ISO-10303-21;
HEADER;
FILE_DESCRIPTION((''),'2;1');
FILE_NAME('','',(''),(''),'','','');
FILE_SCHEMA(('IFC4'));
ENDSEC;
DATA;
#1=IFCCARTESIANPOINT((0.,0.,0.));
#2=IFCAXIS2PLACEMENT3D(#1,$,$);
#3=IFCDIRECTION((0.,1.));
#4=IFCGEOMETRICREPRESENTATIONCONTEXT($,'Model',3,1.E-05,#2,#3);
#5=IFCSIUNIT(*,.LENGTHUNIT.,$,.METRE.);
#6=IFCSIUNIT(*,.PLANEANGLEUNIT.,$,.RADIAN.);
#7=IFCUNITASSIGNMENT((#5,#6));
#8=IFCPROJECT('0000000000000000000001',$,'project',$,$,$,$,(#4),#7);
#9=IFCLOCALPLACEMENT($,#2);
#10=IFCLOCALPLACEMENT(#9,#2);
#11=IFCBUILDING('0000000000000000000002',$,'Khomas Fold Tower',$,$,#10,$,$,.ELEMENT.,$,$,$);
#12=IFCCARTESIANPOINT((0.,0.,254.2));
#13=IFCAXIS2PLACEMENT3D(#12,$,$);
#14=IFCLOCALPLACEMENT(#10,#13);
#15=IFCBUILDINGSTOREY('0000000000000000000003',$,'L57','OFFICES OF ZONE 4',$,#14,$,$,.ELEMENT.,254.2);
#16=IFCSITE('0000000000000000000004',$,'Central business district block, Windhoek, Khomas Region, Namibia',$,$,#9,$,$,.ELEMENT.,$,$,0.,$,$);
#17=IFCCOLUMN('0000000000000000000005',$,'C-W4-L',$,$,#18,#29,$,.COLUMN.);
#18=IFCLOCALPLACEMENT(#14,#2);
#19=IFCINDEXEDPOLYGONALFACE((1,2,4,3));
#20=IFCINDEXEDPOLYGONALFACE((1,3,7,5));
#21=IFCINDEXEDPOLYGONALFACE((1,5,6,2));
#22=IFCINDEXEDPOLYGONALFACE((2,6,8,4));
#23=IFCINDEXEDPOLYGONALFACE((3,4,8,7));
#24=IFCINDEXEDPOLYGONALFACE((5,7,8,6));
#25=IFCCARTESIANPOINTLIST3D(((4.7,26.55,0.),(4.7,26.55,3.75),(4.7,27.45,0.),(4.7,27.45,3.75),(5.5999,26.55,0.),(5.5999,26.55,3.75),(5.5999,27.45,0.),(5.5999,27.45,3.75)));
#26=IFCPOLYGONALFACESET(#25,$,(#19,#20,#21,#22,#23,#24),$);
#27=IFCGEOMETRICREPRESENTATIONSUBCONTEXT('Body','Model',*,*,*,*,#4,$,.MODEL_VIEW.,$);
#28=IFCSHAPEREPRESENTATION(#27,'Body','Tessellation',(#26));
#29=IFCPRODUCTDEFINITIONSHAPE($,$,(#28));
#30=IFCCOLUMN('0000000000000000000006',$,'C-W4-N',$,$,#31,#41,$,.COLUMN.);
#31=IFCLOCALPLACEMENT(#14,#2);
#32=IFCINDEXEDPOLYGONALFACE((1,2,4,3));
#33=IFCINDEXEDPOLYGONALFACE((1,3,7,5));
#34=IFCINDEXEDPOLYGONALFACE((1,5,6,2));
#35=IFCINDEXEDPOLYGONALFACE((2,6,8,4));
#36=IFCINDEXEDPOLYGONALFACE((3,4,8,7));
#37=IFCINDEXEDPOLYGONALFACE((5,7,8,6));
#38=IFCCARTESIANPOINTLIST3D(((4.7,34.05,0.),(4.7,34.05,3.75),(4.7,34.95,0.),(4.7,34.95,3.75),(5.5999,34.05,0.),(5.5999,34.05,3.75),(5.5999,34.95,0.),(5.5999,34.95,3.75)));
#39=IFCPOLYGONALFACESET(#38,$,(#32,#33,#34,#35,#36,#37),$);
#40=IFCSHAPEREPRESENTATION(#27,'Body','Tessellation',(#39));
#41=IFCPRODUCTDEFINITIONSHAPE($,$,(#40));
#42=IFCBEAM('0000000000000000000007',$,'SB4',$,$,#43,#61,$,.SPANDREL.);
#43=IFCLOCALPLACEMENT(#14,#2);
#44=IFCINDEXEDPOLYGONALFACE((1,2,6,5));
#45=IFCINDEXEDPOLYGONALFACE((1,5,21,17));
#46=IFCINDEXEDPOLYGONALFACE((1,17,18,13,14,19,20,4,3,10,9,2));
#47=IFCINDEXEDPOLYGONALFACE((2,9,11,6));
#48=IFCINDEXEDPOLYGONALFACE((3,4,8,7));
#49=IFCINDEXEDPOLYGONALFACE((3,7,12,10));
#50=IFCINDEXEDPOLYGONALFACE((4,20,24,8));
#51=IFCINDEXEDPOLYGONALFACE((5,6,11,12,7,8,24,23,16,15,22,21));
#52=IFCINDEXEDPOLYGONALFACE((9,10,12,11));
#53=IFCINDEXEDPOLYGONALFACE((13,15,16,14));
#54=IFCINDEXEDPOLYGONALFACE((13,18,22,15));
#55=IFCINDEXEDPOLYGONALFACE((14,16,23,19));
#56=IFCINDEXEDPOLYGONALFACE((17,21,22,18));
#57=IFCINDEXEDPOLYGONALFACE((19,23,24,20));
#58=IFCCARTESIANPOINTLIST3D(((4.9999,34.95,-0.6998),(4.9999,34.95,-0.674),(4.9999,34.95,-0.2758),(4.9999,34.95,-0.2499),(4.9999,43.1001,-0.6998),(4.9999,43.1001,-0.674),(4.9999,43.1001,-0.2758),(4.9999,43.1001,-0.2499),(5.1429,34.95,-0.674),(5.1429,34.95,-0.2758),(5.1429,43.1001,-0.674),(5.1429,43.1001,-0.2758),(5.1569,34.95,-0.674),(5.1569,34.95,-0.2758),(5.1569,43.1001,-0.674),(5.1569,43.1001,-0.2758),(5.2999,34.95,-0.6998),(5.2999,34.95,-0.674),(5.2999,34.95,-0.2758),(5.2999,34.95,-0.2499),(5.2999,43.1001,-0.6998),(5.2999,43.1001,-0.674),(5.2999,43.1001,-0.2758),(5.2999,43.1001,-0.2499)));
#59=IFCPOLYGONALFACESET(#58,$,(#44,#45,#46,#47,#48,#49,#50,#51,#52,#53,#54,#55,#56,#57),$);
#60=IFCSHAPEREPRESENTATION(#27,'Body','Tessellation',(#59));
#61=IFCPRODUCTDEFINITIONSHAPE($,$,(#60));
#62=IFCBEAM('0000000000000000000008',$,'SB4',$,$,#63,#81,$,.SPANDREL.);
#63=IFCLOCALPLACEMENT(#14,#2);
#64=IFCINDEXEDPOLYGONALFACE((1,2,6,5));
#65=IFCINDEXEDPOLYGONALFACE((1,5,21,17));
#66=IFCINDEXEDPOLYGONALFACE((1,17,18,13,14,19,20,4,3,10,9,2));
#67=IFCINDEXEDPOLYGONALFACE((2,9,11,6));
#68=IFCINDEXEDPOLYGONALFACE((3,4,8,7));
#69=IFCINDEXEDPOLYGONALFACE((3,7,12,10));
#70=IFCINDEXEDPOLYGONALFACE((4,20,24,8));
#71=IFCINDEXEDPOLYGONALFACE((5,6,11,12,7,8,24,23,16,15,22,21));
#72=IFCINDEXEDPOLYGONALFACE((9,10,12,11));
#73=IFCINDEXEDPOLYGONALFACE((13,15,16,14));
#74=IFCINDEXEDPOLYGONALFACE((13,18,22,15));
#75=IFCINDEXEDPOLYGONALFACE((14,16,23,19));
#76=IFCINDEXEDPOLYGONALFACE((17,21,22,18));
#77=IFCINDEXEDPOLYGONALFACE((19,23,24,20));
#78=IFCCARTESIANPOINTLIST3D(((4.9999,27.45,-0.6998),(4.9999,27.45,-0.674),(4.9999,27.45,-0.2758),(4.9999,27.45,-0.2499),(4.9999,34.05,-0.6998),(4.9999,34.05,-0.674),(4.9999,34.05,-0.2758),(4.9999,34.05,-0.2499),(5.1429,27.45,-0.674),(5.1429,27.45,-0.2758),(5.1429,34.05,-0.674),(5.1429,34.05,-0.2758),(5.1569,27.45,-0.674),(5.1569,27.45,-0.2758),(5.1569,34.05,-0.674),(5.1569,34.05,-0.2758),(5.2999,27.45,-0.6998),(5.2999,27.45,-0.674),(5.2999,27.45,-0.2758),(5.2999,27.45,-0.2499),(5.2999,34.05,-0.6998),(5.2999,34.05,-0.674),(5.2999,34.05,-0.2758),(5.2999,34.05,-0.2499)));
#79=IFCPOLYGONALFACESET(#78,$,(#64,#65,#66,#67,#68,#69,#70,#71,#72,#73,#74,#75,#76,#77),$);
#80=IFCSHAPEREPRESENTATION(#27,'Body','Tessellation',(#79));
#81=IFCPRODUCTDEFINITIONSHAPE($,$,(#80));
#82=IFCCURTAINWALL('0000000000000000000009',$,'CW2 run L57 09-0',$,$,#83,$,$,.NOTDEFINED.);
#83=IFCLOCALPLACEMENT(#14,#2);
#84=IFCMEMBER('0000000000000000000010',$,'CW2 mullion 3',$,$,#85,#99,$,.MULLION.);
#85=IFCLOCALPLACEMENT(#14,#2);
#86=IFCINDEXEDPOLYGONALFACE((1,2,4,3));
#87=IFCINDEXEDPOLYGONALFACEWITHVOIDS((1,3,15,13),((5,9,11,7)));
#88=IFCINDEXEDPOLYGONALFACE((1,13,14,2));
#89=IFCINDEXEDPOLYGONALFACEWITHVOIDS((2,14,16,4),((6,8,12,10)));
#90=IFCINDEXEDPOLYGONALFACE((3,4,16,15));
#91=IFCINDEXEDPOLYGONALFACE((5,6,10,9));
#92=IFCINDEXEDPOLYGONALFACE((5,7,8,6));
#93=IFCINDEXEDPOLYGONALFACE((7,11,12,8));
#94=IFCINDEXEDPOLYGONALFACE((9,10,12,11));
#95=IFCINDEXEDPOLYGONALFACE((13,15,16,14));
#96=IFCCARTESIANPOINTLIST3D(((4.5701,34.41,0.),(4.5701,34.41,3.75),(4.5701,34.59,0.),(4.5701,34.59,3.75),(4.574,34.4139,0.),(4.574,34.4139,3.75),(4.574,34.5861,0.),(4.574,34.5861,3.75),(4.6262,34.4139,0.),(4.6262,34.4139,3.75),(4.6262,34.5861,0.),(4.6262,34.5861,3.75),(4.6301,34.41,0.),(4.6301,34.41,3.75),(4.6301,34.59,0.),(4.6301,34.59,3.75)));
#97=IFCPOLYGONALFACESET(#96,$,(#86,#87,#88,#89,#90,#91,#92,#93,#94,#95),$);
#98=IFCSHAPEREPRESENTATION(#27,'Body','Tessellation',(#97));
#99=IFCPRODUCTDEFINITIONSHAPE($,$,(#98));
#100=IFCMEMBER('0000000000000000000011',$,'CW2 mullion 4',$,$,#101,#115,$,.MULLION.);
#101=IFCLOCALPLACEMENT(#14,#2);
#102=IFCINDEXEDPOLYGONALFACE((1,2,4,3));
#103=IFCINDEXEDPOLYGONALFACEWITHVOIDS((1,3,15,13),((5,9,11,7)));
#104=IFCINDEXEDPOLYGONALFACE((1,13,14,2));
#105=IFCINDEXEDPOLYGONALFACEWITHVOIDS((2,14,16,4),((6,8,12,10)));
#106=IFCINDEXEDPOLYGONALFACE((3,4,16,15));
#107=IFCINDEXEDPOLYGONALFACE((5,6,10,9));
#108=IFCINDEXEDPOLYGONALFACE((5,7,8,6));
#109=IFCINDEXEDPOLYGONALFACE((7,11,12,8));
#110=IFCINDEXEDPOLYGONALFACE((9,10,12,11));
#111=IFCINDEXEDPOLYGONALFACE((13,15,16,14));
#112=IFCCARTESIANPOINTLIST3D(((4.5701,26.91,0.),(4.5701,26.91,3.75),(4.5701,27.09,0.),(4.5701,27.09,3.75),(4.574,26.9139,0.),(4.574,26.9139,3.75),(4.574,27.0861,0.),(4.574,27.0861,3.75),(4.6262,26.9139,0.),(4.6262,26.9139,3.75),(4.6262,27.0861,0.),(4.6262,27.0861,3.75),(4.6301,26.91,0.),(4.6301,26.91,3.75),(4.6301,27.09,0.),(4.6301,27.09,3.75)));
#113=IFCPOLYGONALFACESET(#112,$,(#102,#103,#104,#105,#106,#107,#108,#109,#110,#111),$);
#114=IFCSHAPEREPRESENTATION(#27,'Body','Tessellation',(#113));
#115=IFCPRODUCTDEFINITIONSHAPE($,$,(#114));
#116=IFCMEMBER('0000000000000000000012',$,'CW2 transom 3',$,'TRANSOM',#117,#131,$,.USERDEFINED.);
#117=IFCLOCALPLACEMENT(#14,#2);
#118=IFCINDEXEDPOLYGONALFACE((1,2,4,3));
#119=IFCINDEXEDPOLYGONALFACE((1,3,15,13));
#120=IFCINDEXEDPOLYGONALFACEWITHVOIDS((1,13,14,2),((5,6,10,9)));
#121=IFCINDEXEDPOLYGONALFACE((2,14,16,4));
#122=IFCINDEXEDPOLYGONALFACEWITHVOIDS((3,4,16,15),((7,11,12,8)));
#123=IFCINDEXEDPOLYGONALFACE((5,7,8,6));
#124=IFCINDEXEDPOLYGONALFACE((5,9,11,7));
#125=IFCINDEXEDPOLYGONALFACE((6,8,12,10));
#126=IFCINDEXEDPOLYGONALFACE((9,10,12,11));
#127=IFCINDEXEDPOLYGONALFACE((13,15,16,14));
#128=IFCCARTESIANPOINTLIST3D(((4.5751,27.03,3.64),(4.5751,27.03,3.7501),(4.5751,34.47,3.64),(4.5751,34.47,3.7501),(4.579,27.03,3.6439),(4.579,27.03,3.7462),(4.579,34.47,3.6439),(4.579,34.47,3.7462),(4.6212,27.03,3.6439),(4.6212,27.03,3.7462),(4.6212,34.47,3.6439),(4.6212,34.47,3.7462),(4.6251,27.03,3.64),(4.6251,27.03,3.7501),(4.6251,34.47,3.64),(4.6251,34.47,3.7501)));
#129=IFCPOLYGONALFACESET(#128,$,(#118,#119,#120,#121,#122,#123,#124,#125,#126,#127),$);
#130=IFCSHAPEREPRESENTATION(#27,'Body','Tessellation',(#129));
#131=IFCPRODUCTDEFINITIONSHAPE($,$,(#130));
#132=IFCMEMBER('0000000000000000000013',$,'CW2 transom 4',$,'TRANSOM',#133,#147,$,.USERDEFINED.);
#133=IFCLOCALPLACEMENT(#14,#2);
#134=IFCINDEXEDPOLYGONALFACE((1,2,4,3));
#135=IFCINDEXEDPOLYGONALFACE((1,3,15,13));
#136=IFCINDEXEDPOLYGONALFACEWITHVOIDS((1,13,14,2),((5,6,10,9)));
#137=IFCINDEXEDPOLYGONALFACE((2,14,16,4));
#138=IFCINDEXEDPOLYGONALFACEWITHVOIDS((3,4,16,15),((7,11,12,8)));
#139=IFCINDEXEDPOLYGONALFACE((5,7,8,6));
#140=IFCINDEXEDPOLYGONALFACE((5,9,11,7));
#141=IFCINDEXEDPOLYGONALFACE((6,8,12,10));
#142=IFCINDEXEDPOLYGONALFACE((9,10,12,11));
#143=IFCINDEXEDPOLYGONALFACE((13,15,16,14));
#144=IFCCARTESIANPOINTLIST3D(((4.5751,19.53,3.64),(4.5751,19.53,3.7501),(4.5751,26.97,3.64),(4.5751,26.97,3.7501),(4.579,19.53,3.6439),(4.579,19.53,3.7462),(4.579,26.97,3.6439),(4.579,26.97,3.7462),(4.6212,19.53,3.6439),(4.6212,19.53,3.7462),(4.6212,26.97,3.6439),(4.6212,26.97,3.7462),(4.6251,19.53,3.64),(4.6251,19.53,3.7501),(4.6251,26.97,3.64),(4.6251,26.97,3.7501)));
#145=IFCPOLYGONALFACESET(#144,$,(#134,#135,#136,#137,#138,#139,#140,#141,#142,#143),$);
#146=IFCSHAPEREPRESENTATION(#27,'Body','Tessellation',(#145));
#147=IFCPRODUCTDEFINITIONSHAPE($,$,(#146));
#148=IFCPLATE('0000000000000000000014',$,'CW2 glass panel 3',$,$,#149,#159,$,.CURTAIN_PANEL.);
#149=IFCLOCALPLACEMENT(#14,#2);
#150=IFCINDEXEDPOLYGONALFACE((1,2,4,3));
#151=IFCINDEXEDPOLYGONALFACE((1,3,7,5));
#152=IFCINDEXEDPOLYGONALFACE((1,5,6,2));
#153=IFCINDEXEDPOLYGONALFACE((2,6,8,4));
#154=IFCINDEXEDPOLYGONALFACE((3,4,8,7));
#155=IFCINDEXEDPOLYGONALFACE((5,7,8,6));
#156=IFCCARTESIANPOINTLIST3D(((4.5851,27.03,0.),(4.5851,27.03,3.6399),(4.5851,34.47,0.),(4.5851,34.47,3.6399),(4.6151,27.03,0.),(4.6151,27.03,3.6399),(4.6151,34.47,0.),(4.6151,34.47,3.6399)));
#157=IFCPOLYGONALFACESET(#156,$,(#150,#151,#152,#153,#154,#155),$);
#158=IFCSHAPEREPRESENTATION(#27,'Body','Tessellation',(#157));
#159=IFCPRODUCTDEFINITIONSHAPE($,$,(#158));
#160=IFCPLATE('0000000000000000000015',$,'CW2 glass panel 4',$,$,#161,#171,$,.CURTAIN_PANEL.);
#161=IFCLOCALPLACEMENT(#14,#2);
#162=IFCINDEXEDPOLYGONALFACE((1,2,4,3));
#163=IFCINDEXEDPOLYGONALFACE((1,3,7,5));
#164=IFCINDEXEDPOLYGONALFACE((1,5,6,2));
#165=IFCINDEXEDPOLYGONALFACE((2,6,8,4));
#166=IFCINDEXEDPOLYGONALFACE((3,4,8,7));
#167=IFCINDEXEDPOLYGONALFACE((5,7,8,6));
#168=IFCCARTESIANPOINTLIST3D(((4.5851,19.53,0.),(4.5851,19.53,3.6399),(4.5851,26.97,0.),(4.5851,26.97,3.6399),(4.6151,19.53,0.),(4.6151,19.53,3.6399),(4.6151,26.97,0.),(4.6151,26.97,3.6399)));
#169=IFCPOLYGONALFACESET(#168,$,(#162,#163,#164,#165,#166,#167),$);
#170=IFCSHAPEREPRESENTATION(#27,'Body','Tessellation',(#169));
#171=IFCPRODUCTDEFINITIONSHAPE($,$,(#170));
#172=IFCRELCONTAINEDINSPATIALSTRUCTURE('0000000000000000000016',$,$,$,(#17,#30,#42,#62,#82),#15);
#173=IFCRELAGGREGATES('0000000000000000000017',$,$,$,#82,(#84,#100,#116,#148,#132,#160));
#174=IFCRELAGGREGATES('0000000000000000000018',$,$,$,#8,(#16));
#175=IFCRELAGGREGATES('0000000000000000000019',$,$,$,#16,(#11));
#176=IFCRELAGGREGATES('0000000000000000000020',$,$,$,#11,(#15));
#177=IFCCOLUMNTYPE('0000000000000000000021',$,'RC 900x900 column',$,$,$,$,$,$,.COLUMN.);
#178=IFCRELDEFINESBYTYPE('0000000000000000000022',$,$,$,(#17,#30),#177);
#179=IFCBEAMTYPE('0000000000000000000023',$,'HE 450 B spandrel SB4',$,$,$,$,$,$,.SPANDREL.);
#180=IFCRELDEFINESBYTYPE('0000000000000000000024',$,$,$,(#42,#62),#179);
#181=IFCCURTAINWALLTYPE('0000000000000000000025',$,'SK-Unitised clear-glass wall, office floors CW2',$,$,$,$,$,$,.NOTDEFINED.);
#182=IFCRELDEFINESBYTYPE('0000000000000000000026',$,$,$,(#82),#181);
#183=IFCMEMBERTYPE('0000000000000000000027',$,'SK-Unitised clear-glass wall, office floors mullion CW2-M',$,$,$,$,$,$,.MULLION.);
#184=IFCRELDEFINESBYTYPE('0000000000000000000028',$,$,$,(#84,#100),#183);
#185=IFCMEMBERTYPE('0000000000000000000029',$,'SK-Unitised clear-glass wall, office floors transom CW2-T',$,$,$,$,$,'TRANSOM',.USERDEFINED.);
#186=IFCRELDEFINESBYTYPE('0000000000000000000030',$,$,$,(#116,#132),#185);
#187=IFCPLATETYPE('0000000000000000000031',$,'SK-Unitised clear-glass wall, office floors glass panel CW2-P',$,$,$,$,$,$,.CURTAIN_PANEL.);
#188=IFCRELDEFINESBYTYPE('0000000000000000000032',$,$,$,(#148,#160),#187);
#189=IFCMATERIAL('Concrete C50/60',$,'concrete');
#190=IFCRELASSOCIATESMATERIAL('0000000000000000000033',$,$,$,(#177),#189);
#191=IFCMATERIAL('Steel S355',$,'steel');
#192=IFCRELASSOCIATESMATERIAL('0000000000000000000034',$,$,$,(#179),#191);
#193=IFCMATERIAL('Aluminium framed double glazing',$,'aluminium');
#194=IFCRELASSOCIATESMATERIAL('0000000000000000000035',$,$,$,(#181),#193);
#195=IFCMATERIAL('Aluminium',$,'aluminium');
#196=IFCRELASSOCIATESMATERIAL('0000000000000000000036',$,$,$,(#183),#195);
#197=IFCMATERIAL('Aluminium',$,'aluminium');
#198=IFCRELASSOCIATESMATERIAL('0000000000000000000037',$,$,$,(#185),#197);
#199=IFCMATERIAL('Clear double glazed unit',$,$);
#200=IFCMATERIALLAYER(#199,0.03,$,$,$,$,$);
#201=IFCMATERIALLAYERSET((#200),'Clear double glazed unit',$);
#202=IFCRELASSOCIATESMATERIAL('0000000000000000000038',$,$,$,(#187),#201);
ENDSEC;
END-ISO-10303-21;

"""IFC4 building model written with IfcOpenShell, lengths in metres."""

from ifc_helpers import new_model, si_unit, direction, frame, origin, origin_2d, place, context, subcontext, project, spatial, rectangle, hollow_rectangle, i_section, extrude, source, transform, mapped, material, layer, layer_set, material_profile, profile_set, type_object, element, aggregate, save


model = new_model("IFC4")

# Units and contexts
model_context = context("Model", 3, precision=1e-05, world=origin(), true_north=direction((0.0, 1.0)))
body_context = subcontext(model_context, "Body", "Model", "MODEL_VIEW")
ifc_project = project(units=[si_unit("LENGTHUNIT", "METRE"), si_unit("PLANEANGLEUNIT", "RADIAN")], contexts=[model_context])

# Site, building, storey
site_placement = place(None, origin())
site = spatial("IfcSite", under=ifc_project, at=site_placement, Name="Central business district block, Windhoek, Khomas Region, Namibia", CompositionType="ELEMENT", RefElevation=0.0)
building_placement = place(site_placement, origin())
building = spatial("IfcBuilding", under=site, at=building_placement, Name="Khomas Fold Tower", CompositionType="ELEMENT")
storey_placement = place(building_placement, frame((0.0, 0.0, 254.2)))
storey = spatial("IfcBuildingStorey", under=building, at=storey_placement, Name="L57", Description="OFFICES OF ZONE 4", CompositionType="ELEMENT", Elevation=254.2)

# Columns
ifc_material_1 = material(Name="Concrete C50/60", Category="concrete")
ifc_material_profile_1 = material_profile(ifc_material_1, rectangle(XDim=0.8999, YDim=0.8999, at=origin_2d()), Name="RC 900x900")
ifc_profile_set_1 = profile_set([ifc_material_profile_1], Name="Concrete C50/60")
column_type = type_object("IfcColumnType", Name="RC 900x900 column", PredefinedType="COLUMN", material=ifc_profile_set_1)
shared_shape_1 = source(origin(), body_context, "Body", "SweptSolid", [
    extrude(rectangle(XDim=0.8999, YDim=0.8999, at=origin_2d()), origin(), (0.0, 0.0, 1.0), 3.75),
])
for number, where, z_axis, x_axis, name in (
    (1, (5.1499, 27.0, 0.0), (0.0, 0.0, 1.0), (1.0, 0.0, 0.0), "C-W4-L"),
    (2, (5.1499, 34.5, 0.0), (0.0, 0.0, 1.0), (1.0, 0.0, 0.0), "C-W4-N"),
):
    element("IfcColumn", number, at=place(storey_placement, frame(where, z_axis=z_axis, x_axis=x_axis)), inside=storey, type_object=column_type, Name=name, PredefinedType="COLUMN", context=body_context, shape_type="MappedRepresentation", body=[
        mapped(shared_shape_1, transform((0.0, 0.0, 0.0))),
    ])

# Beams
ifc_material_2 = material(Name="Steel S355", Category="steel")
ifc_material_profile_2 = material_profile(ifc_material_2, i_section(OverallWidth=0.3, OverallDepth=0.45, WebThickness=0.0139, FlangeThickness=0.0259, at=origin_2d()), Name="HE 450 B")
ifc_profile_set_2 = profile_set([ifc_material_profile_2], Name="Steel S355")
beam_type = type_object("IfcBeamType", Name="HE 450 B spandrel SB4", PredefinedType="SPANDREL", material=ifc_profile_set_2)
shared_shape_2 = source(origin(), body_context, "Body", "SweptSolid", [
    extrude(i_section(OverallWidth=0.3, OverallDepth=0.45, WebThickness=0.0139, FlangeThickness=0.0259, at=origin_2d()), origin(), (0.0, 0.0, 1.0), 8.1501),
])
beam_1_placement = place(storey_placement, frame((5.1499, 34.95, -0.4749), z_axis=(0.0, 1.0, 0.0), x_axis=(-1.0, 0.0, 0.0)))
element("IfcBeam", 3, at=beam_1_placement, inside=storey, type_object=beam_type, Name="SB4", PredefinedType="SPANDREL", context=body_context, shape_type="MappedRepresentation", body=[
    mapped(shared_shape_2, transform((0.0, 0.0, 0.0))),
])
shared_shape_3 = source(origin(), body_context, "Body", "SweptSolid", [
    extrude(i_section(OverallWidth=0.3, OverallDepth=0.45, WebThickness=0.0139, FlangeThickness=0.0259, at=origin_2d()), origin(), (0.0, 0.0, 1.0), 6.6001),
])
beam_2_placement = place(storey_placement, frame((5.1499, 27.45, -0.4749), z_axis=(0.0, 1.0, 0.0), x_axis=(-1.0, 0.0, 0.0)))
element("IfcBeam", 4, at=beam_2_placement, inside=storey, type_object=beam_type, Name="SB4", PredefinedType="SPANDREL", context=body_context, shape_type="MappedRepresentation", body=[
    mapped(shared_shape_3, transform((0.0, 0.0, 0.0))),
])

# Curtain wall, members, plates
ifc_material_3 = material(Name="Aluminium framed double glazing", Category="aluminium")
curtain_wall_type = type_object("IfcCurtainWallType", Name="SK-Unitised clear-glass wall, office floors CW2", PredefinedType="NOTDEFINED", material=ifc_material_3)
curtain_wall_placement = place(storey_placement, origin())
curtain_wall = element("IfcCurtainWall", 5, at=curtain_wall_placement, inside=storey, type_object=curtain_wall_type, Name="CW2 run L57 09-0", PredefinedType="NOTDEFINED")
ifc_material_4 = material(Name="Aluminium", Category="aluminium")
ifc_material_profile_3 = material_profile(ifc_material_4, hollow_rectangle(XDim=0.0601, YDim=0.1799, WallThickness=0.0039, at=origin_2d()), Name="SK-Unitised clear-glass wall, office floors mullion CW2-M")
ifc_profile_set_3 = profile_set([ifc_material_profile_3], Name="Aluminium")
member_type_1 = type_object("IfcMemberType", Name="SK-Unitised clear-glass wall, office floors mullion CW2-M", PredefinedType="MULLION", material=ifc_profile_set_3)
shared_shape_4 = source(origin(), body_context, "Body", "SweptSolid", [
    extrude(hollow_rectangle(XDim=0.0601, YDim=0.1799, WallThickness=0.0039, at=origin_2d()), origin(), (0.0, 0.0, 1.0), 3.75),
])
member_1_placement = place(storey_placement, frame((4.6001, 34.5, 0.0), z_axis=(0.0, 0.0, 1.0), x_axis=(1.0, 0.0, 0.0)))
member_1 = element("IfcMember", 6, at=member_1_placement, type_object=member_type_1, Name="CW2 mullion 3", PredefinedType="MULLION", context=body_context, shape_type="MappedRepresentation", body=[
    mapped(shared_shape_4, transform((0.0, 0.0, 0.0))),
])
member_2_placement = place(storey_placement, frame((4.6001, 27.0, 0.0), z_axis=(0.0, 0.0, 1.0), x_axis=(1.0, 0.0, 0.0)))
member_2 = element("IfcMember", 7, at=member_2_placement, type_object=member_type_1, Name="CW2 mullion 4", PredefinedType="MULLION", context=body_context, shape_type="MappedRepresentation", body=[
    mapped(shared_shape_4, transform((0.0, 0.0, 0.0))),
])
ifc_material_5 = material(Name="Aluminium", Category="aluminium")
ifc_material_profile_4 = material_profile(ifc_material_5, hollow_rectangle(XDim=0.05, YDim=0.1101, WallThickness=0.0039, at=origin_2d()), Name="SK-Unitised clear-glass wall, office floors transom CW2-T")
ifc_profile_set_4 = profile_set([ifc_material_profile_4], Name="Aluminium")
member_type_2 = type_object("IfcMemberType", Name="SK-Unitised clear-glass wall, office floors transom CW2-T", ElementType="TRANSOM", PredefinedType="USERDEFINED", material=ifc_profile_set_4)
shared_shape_5 = source(origin(), body_context, "Body", "SweptSolid", [
    extrude(hollow_rectangle(XDim=0.05, YDim=0.1101, WallThickness=0.0039, at=origin_2d()), origin(), (0.0, 0.0, 1.0), 7.4399),
])
member_3_placement = place(storey_placement, frame((4.6001, 34.47, 3.6951), z_axis=(0.0, -1.0, 0.0), x_axis=(1.0, 0.0, 0.0)))
member_3 = element("IfcMember", 8, at=member_3_placement, type_object=member_type_2, Name="CW2 transom 3", ObjectType="TRANSOM", PredefinedType="USERDEFINED", context=body_context, shape_type="MappedRepresentation", body=[
    mapped(shared_shape_5, transform((0.0, 0.0, 0.0))),
])
member_4_placement = place(storey_placement, frame((4.6001, 26.97, 3.6951), z_axis=(0.0, -1.0, 0.0), x_axis=(1.0, 0.0, 0.0)))
member_4 = element("IfcMember", 9, at=member_4_placement, type_object=member_type_2, Name="CW2 transom 4", ObjectType="TRANSOM", PredefinedType="USERDEFINED", context=body_context, shape_type="MappedRepresentation", body=[
    mapped(shared_shape_5, transform((0.0, 0.0, 0.0))),
])
ifc_material_6 = material(Name="Clear double glazed unit")
ifc_layer_1 = layer(ifc_material_6, 0.03)
ifc_layer_set_1 = layer_set([ifc_layer_1], Name="Clear double glazed unit")
plate_type = type_object("IfcPlateType", Name="SK-Unitised clear-glass wall, office floors glass panel CW2-P", PredefinedType="CURTAIN_PANEL", material=ifc_layer_set_1)
shared_shape_6 = source(origin(), body_context, "Body", "SweptSolid", [
    extrude(rectangle(XDim=7.4399, YDim=0.03, at=origin_2d()), origin(), (0.0, 0.0, 1.0), 3.6399),
])
plate_1_placement = place(storey_placement, frame((4.6001, 30.75, 0.0), z_axis=(0.0, 0.0, 1.0), x_axis=(0.0, -1.0, 0.0)))
plate_1 = element("IfcPlate", 10, at=plate_1_placement, type_object=plate_type, Name="CW2 glass panel 3", PredefinedType="CURTAIN_PANEL", context=body_context, shape_type="MappedRepresentation", body=[
    mapped(shared_shape_6, transform((0.0, 0.0, 0.0))),
])
plate_2_placement = place(storey_placement, frame((4.6001, 23.25, 0.0), z_axis=(0.0, 0.0, 1.0), x_axis=(0.0, -1.0, 0.0)))
plate_2 = element("IfcPlate", 11, at=plate_2_placement, type_object=plate_type, Name="CW2 glass panel 4", PredefinedType="CURTAIN_PANEL", context=body_context, shape_type="MappedRepresentation", body=[
    mapped(shared_shape_6, transform((0.0, 0.0, 0.0))),
])
aggregate(curtain_wall, [member_1, member_2, member_3, plate_1, member_4, plate_2])

save(model, "model.ifc")
